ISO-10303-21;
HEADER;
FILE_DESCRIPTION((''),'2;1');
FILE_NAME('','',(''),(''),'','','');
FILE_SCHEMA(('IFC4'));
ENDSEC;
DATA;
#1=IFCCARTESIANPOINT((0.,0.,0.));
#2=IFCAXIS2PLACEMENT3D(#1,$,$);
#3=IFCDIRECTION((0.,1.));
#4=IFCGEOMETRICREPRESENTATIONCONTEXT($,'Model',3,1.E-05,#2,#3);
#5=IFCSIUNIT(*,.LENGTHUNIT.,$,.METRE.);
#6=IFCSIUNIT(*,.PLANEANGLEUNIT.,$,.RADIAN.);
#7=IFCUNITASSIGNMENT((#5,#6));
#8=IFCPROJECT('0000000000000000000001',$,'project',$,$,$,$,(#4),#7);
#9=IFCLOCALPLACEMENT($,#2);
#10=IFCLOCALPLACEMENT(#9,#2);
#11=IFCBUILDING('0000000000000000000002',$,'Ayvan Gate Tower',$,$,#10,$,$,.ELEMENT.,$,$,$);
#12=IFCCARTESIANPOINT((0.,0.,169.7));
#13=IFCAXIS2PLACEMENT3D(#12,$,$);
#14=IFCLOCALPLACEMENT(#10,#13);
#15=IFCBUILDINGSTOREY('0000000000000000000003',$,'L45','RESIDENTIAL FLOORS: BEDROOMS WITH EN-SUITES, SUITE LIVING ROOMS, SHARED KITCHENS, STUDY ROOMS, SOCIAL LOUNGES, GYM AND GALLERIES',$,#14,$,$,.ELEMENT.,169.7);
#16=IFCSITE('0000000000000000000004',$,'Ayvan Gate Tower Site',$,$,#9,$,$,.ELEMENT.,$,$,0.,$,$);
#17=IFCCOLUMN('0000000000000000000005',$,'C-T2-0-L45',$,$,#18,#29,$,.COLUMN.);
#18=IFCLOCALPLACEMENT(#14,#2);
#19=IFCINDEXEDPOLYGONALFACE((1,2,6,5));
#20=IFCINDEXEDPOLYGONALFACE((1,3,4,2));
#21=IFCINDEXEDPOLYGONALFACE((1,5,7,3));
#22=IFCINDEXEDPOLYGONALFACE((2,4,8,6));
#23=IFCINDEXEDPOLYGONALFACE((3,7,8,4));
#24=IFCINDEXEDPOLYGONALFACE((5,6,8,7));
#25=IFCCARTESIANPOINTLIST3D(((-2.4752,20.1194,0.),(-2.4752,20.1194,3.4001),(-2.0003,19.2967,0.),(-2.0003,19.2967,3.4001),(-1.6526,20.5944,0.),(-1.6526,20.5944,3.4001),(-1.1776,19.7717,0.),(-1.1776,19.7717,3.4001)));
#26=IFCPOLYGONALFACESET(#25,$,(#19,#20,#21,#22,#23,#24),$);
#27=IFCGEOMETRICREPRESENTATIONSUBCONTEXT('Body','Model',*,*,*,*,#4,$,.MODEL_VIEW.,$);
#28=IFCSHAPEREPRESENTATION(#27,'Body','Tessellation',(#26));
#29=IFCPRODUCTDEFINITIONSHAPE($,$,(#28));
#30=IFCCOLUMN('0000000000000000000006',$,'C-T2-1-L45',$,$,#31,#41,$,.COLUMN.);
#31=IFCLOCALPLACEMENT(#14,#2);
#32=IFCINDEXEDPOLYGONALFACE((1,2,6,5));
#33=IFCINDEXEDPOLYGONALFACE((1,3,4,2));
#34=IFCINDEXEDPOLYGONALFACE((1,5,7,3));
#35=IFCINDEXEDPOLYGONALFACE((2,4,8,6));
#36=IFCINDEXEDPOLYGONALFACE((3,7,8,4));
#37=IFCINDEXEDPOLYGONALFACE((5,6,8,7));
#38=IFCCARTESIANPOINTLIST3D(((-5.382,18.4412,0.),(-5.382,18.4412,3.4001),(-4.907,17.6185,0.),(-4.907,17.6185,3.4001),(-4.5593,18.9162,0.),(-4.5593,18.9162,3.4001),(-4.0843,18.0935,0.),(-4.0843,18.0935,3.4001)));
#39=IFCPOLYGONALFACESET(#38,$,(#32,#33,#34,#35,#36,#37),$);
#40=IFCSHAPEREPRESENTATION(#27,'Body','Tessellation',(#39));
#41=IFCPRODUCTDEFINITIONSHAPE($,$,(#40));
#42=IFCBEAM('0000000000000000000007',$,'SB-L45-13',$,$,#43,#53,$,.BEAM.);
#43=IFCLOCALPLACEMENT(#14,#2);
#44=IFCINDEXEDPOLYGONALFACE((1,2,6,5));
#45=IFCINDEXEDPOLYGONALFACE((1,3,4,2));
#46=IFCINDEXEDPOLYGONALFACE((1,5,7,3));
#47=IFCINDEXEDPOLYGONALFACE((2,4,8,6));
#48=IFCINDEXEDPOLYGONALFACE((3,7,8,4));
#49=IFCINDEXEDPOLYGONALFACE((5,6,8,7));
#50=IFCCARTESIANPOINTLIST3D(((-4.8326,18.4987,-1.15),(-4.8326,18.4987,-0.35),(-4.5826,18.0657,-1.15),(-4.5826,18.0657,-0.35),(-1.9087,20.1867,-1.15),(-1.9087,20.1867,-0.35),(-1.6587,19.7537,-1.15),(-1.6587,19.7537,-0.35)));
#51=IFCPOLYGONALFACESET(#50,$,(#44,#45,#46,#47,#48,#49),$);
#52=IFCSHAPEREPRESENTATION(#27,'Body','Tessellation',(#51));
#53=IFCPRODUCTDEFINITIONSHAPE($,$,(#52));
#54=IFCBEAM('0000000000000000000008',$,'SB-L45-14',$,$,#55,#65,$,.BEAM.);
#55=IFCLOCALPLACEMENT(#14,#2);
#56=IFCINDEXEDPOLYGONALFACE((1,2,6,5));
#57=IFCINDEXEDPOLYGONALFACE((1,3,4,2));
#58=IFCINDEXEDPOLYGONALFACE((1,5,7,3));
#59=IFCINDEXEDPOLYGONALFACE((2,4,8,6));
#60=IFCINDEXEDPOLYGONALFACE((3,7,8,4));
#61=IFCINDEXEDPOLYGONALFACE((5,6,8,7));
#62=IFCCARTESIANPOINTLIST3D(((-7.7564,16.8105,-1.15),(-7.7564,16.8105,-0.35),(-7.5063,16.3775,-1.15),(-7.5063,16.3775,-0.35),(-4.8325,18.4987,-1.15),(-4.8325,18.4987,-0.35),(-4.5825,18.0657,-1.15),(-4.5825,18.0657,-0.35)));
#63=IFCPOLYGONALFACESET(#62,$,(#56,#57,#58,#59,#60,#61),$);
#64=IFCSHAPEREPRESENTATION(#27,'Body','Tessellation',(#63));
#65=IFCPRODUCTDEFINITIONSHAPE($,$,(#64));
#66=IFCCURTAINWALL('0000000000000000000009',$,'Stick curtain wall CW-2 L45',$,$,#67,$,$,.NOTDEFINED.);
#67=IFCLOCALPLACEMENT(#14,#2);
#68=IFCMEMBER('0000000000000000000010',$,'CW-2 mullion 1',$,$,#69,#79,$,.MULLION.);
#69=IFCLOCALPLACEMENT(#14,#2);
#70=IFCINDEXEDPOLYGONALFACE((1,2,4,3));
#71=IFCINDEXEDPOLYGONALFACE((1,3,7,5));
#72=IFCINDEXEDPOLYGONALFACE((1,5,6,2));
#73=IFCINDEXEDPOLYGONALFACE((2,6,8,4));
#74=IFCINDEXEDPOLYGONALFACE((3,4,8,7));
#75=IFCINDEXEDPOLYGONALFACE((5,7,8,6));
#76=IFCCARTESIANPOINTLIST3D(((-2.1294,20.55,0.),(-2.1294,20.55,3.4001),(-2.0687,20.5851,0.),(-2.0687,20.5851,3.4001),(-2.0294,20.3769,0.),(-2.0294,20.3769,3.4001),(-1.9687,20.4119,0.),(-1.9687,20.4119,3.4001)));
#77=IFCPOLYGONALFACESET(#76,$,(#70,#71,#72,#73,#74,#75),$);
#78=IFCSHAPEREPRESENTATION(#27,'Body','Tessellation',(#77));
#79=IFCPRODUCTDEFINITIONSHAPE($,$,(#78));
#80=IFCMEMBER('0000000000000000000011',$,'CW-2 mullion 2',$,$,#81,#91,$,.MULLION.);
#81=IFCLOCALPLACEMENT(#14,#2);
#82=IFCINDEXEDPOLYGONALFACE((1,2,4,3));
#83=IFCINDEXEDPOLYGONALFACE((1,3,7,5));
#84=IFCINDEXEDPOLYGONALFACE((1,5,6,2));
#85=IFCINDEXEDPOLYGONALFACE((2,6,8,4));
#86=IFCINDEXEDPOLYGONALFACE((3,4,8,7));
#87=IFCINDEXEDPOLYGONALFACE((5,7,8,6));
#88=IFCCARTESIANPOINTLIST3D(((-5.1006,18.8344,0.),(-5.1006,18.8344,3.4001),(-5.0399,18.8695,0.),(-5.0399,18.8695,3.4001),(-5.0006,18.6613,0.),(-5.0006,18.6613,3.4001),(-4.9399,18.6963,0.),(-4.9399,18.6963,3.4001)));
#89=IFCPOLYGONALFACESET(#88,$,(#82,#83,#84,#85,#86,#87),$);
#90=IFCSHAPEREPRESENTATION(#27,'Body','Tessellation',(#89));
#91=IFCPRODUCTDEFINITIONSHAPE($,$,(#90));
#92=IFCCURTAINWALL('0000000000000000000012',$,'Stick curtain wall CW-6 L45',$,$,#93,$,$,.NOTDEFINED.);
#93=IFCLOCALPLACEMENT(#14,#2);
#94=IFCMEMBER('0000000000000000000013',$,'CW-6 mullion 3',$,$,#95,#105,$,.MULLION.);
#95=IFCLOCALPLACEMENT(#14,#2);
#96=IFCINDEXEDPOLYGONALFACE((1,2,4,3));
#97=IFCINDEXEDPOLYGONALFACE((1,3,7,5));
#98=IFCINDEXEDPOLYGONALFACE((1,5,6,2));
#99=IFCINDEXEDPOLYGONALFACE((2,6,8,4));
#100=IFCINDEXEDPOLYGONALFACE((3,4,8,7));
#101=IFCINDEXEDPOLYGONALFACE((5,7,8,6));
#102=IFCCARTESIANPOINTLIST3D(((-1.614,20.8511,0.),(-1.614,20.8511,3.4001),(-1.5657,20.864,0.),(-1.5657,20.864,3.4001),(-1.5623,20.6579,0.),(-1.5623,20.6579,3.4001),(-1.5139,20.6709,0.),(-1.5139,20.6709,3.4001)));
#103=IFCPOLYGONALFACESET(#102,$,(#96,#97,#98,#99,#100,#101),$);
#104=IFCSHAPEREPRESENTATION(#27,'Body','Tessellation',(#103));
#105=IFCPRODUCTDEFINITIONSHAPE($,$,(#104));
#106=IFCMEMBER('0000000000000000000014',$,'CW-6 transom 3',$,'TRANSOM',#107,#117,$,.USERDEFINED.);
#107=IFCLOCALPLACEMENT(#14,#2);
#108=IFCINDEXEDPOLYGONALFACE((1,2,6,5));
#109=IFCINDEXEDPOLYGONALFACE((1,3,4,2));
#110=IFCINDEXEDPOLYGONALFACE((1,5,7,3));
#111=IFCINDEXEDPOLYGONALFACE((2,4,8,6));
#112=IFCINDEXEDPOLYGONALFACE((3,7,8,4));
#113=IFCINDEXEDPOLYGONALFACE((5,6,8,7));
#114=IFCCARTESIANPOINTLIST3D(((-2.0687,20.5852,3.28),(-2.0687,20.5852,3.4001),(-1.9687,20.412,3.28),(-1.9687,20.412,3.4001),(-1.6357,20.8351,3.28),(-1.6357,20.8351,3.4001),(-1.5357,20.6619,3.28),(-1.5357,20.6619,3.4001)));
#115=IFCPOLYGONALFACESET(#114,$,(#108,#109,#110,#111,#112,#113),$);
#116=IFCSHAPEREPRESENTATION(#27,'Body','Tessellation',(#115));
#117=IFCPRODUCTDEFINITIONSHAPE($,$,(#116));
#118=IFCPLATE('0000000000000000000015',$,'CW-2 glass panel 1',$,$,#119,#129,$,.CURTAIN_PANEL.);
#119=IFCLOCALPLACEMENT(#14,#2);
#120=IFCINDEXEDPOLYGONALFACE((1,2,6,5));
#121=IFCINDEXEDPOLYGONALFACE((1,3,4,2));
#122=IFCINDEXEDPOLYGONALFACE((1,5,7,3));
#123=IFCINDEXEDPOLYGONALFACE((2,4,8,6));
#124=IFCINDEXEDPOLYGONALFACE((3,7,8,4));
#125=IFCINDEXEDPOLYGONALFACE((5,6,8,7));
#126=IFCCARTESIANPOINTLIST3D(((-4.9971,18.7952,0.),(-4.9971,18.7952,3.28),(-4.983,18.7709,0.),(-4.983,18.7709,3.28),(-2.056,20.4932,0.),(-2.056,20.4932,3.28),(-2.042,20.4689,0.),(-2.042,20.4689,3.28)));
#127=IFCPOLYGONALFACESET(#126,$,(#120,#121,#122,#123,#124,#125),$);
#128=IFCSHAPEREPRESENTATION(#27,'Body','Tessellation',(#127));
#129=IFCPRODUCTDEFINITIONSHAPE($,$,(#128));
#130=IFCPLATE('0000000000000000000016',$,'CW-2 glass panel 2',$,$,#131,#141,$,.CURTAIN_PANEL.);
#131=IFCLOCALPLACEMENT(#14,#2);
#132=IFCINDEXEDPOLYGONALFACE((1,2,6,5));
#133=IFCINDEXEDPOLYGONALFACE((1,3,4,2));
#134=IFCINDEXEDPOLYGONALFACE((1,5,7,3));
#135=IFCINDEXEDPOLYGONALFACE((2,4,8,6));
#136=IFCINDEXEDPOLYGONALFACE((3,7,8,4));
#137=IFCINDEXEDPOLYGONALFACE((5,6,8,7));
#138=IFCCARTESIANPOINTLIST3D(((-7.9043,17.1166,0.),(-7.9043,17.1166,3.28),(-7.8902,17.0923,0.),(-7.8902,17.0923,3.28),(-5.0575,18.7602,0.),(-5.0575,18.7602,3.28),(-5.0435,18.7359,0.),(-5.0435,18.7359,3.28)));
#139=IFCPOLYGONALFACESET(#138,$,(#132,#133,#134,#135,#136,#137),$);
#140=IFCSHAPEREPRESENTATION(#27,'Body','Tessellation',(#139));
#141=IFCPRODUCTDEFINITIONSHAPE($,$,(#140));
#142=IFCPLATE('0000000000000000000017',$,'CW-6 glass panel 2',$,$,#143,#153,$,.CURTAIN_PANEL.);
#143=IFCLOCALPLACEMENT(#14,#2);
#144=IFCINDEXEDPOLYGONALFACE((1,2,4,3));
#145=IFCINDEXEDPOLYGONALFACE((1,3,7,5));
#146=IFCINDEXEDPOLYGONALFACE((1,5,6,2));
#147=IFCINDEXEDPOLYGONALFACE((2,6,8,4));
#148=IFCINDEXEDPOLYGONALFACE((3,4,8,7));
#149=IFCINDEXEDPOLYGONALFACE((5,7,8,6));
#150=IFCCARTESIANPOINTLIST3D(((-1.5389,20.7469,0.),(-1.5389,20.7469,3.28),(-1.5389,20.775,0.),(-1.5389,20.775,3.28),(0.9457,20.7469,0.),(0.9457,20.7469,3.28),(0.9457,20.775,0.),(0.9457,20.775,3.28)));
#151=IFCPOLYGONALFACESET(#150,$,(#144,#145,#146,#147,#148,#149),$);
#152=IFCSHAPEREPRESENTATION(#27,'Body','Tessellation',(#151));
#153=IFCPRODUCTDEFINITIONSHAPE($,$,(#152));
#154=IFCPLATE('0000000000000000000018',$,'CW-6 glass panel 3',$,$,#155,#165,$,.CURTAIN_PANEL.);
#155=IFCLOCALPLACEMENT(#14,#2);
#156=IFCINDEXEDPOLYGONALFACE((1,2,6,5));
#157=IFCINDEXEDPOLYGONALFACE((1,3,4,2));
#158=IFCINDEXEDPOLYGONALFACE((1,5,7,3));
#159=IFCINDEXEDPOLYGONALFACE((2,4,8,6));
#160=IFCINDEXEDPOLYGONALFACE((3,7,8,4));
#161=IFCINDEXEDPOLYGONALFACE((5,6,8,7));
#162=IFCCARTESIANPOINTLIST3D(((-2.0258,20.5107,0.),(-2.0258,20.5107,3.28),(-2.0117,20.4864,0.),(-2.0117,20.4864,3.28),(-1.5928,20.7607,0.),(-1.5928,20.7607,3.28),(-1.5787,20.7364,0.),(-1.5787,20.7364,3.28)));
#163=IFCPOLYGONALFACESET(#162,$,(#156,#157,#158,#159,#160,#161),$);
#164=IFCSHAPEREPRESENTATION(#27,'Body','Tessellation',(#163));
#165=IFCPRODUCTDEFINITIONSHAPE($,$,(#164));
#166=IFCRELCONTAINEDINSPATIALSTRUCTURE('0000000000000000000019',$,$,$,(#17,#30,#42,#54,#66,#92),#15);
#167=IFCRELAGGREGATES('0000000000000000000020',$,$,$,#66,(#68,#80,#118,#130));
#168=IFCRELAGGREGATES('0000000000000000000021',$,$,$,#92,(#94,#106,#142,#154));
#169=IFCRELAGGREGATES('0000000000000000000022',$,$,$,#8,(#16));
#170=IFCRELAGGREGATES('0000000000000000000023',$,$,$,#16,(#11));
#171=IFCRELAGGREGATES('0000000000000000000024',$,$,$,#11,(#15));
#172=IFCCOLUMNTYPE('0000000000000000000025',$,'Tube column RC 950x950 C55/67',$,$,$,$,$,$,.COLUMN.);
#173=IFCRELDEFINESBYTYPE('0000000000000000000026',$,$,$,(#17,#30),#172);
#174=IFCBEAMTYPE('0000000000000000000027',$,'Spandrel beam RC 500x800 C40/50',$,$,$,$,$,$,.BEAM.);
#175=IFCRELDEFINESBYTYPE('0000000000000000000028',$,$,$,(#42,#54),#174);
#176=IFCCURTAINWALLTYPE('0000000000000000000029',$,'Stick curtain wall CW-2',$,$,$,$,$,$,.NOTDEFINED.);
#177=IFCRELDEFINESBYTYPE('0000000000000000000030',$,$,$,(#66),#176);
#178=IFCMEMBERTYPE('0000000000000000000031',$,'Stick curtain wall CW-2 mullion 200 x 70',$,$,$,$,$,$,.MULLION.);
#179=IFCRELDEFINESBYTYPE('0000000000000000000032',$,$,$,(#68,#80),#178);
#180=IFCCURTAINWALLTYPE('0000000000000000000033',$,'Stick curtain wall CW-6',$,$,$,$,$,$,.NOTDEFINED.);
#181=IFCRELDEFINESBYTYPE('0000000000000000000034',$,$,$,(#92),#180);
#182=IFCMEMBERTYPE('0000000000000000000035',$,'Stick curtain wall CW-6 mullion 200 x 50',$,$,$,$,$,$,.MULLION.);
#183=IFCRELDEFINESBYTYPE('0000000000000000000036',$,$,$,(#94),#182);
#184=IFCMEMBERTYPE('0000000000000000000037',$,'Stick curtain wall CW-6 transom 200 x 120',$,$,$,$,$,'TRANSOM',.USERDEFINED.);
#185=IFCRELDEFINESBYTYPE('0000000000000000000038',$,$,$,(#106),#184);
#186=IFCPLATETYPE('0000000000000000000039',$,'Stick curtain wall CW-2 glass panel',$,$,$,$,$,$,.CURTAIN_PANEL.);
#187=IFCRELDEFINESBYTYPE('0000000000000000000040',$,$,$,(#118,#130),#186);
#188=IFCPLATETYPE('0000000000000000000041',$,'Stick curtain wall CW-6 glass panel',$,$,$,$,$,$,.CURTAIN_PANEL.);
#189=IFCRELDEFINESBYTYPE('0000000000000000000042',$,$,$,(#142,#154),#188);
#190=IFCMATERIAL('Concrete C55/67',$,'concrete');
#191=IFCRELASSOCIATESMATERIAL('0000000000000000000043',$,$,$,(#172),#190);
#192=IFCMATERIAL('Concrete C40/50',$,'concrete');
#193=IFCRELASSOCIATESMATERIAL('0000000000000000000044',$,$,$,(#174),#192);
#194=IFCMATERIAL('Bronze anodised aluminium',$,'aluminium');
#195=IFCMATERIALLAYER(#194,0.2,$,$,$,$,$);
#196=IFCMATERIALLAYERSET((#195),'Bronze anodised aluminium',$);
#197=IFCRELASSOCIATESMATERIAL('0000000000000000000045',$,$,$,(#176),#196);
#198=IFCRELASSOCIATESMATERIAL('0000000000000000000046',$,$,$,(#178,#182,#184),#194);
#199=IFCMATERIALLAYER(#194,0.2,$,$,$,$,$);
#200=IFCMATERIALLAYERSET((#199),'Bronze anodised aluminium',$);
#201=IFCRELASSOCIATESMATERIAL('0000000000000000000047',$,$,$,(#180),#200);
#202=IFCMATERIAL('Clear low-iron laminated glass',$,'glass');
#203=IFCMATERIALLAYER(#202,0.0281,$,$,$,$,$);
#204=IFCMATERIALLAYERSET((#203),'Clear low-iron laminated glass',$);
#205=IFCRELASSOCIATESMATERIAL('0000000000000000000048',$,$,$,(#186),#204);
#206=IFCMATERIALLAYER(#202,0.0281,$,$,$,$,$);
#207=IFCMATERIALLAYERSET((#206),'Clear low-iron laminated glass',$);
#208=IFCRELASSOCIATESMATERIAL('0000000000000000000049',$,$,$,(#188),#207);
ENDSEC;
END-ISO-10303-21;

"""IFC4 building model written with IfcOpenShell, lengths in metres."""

from ifc_helpers import new_model, si_unit, direction, frame, origin, origin_2d, place, context, subcontext, project, spatial, rectangle, extrude, material, layer, layer_set, material_profile, profile_set, type_object, element, aggregate, save


model = new_model("IFC4")

# Units and contexts
model_context = context("Model", 3, precision=1e-05, world=origin(), true_north=direction((0.0, 1.0)))
body_context = subcontext(model_context, "Body", "Model", "MODEL_VIEW")
ifc_project = project(units=[si_unit("LENGTHUNIT", "METRE"), si_unit("PLANEANGLEUNIT", "RADIAN")], contexts=[model_context])

# Site, building, storey
site_placement = place(None, origin())
site = spatial("IfcSite", under=ifc_project, at=site_placement, Name="Ayvan Gate Tower Site", CompositionType="ELEMENT", RefElevation=0.0)
building_placement = place(site_placement, origin())
building = spatial("IfcBuilding", under=site, at=building_placement, Name="Ayvan Gate Tower", CompositionType="ELEMENT")
storey_placement = place(building_placement, frame((0.0, 0.0, 169.7)))
storey = spatial("IfcBuildingStorey", under=building, at=storey_placement, Name="L45", Description="RESIDENTIAL FLOORS: BEDROOMS WITH EN-SUITES, SUITE LIVING ROOMS, SHARED KITCHENS, STUDY ROOMS, SOCIAL LOUNGES, GYM AND GALLERIES", CompositionType="ELEMENT", Elevation=169.7)

# Columns
ifc_material_1 = material(Name="Concrete C55/67", Category="concrete")
ifc_material_profile_1 = material_profile(ifc_material_1, rectangle(XDim=0.95, YDim=0.95, at=origin_2d()), Name="RC 950x950")
ifc_profile_set_1 = profile_set([ifc_material_profile_1], Name="Concrete C55/67")
column_type = type_object("IfcColumnType", Name="Tube column RC 950x950 C55/67", PredefinedType="COLUMN", material=ifc_profile_set_1)
for number, where, z_axis, x_axis, name in (
    (1, (-1.8264, 19.9456, 0.0), (0.0, 0.0, 1.0), (-0.5, 0.866025, 0.0), "C-T2-0-L45"),
    (2, (-4.7332, 18.2673, 0.0), (0.0, 0.0, 1.0), (-0.5, 0.866025, 0.0), "C-T2-1-L45"),
):
    element("IfcColumn", number, at=place(storey_placement, frame(where, z_axis=z_axis, x_axis=x_axis)), inside=storey, type_object=column_type, Name=name, PredefinedType="COLUMN", context=body_context, shape_type="SweptSolid", body=[
        extrude(rectangle(XDim=0.95, YDim=0.95, at=origin_2d()), origin(), (0.0, 0.0, 1.0), 3.4001),
    ])

# Beams
ifc_material_2 = material(Name="Concrete C40/50", Category="concrete")
ifc_material_profile_2 = material_profile(ifc_material_2, rectangle(XDim=0.5, YDim=0.8, at=origin_2d()), Name="RC 500x800")
ifc_profile_set_2 = profile_set([ifc_material_profile_2], Name="Concrete C40/50")
beam_type = type_object("IfcBeamType", Name="Spandrel beam RC 500x800 C40/50", PredefinedType="BEAM", material=ifc_profile_set_2)
for number, where, z_axis, x_axis, name in (
    (3, (-1.7837, 19.9702, -0.75), (-0.866036, -0.499981, 0.0), (0.499981, -0.866036, 0.0), "SB-L45-13"),
    (4, (-4.7075, 18.2822, -0.75), (-0.866005, -0.500035, 0.0), (0.500035, -0.866005, 0.0), "SB-L45-14"),
):
    element("IfcBeam", number, at=place(storey_placement, frame(where, z_axis=z_axis, x_axis=x_axis)), inside=storey, type_object=beam_type, Name=name, PredefinedType="BEAM", context=body_context, shape_type="SweptSolid", body=[
        extrude(rectangle(XDim=0.5, YDim=0.8, at=origin_2d()), origin(), (0.0, 0.0, 1.0), 3.3762),
    ])

# Curtain walls, members
ifc_material_3 = material(Name="Bronze anodised aluminium", Category="aluminium")
ifc_layer_1 = layer(ifc_material_3, 0.2)
ifc_layer_set_1 = layer_set([ifc_layer_1], Name="Bronze anodised aluminium")
curtain_wall_type_1 = type_object("IfcCurtainWallType", Name="Stick curtain wall CW-2", PredefinedType="NOTDEFINED", material=ifc_layer_set_1)
curtain_wall_1_placement = place(storey_placement, origin())
curtain_wall_1 = element("IfcCurtainWall", 5, at=curtain_wall_1_placement, inside=storey, type_object=curtain_wall_type_1, Name="Stick curtain wall CW-2 L45", PredefinedType="NOTDEFINED")
ifc_material_profile_3 = material_profile(ifc_material_3, rectangle(XDim=0.2, YDim=0.0701, at=origin_2d()), Name="Stick curtain wall CW-2 mullion 200 x 70")
ifc_profile_set_3 = profile_set([ifc_material_profile_3], Name="Bronze anodised aluminium")
member_type_1 = type_object("IfcMemberType", Name="Stick curtain wall CW-2 mullion 200 x 70", PredefinedType="MULLION", material=ifc_profile_set_3)
member_1_placement = place(storey_placement, frame((-2.0491, 20.481, 0.0), z_axis=(0.0, 0.0, 1.0), x_axis=(-0.5, 0.866025, 0.0)))
member_1 = element("IfcMember", 6, at=member_1_placement, type_object=member_type_1, Name="CW-2 mullion 1", PredefinedType="MULLION", context=body_context, shape_type="SweptSolid", body=[
    extrude(rectangle(XDim=0.2, YDim=0.0701, at=origin_2d()), origin(), (0.0, 0.0, 1.0), 3.4001),
])
member_2_placement = place(storey_placement, frame((-5.0203, 18.7654, 0.0), z_axis=(0.0, 0.0, 1.0), x_axis=(-0.5, 0.866025, 0.0)))
member_2 = element("IfcMember", 7, at=member_2_placement, type_object=member_type_1, Name="CW-2 mullion 2", PredefinedType="MULLION", context=body_context, shape_type="SweptSolid", body=[
    extrude(rectangle(XDim=0.2, YDim=0.0701, at=origin_2d()), origin(), (0.0, 0.0, 1.0), 3.4001),
])
ifc_layer_2 = layer(ifc_material_3, 0.2)
ifc_layer_set_2 = layer_set([ifc_layer_2], Name="Bronze anodised aluminium")
curtain_wall_type_2 = type_object("IfcCurtainWallType", Name="Stick curtain wall CW-6", PredefinedType="NOTDEFINED", material=ifc_layer_set_2)
curtain_wall_2_placement = place(storey_placement, origin())
curtain_wall_2 = element("IfcCurtainWall", 8, at=curtain_wall_2_placement, inside=storey, type_object=curtain_wall_type_2, Name="Stick curtain wall CW-6 L45", PredefinedType="NOTDEFINED")
ifc_material_profile_4 = material_profile(ifc_material_3, rectangle(XDim=0.2, YDim=0.05, at=origin_2d()), Name="Stick curtain wall CW-6 mullion 200 x 50")
ifc_profile_set_4 = profile_set([ifc_material_profile_4], Name="Bronze anodised aluminium")
member_type_2 = type_object("IfcMemberType", Name="Stick curtain wall CW-6 mullion 200 x 50", PredefinedType="MULLION", material=ifc_profile_set_4)
member_3_placement = place(storey_placement, frame((-1.564, 20.761, 0.0), z_axis=(0.0, 0.0, 1.0), x_axis=(-0.258819, 0.965926, 0.0)))
member_3 = element("IfcMember", 9, at=member_3_placement, type_object=member_type_2, Name="CW-6 mullion 3", PredefinedType="MULLION", context=body_context, shape_type="SweptSolid", body=[
    extrude(rectangle(XDim=0.2, YDim=0.05, at=origin_2d()), origin(), (0.0, 0.0, 1.0), 3.4001),
])
ifc_material_profile_5 = material_profile(ifc_material_3, rectangle(XDim=0.2, YDim=0.1201, at=origin_2d()), Name="Stick curtain wall CW-6 transom 200 x 120")
ifc_profile_set_5 = profile_set([ifc_material_profile_5], Name="Bronze anodised aluminium")
member_type_3 = type_object("IfcMemberType", Name="Stick curtain wall CW-6 transom 200 x 120", ElementType="TRANSOM", PredefinedType="USERDEFINED", material=ifc_profile_set_5)
member_4_placement = place(storey_placement, frame((-1.5857, 20.7485, 3.3401), z_axis=(-0.866072, -0.49992, 0.0), x_axis=(0.49992, -0.866072, 0.0)))
member_4 = element("IfcMember", 10, at=member_4_placement, type_object=member_type_3, Name="CW-6 transom 3", ObjectType="TRANSOM", PredefinedType="USERDEFINED", context=body_context, shape_type="SweptSolid", body=[
    extrude(rectangle(XDim=0.2, YDim=0.1201, at=origin_2d()), origin(), (0.0, 0.0, 1.0), 0.5),
])

# Plates
ifc_material_4 = material(Name="Clear low-iron laminated glass", Category="glass")
ifc_layer_3 = layer(ifc_material_4, 0.0281)
ifc_layer_set_3 = layer_set([ifc_layer_3], Name="Clear low-iron laminated glass")
plate_type_1 = type_object("IfcPlateType", Name="Stick curtain wall CW-2 glass panel", PredefinedType="CURTAIN_PANEL", material=ifc_layer_set_3)
plate_1_placement = place(storey_placement, frame((-3.5195, 19.6321, 0.0), z_axis=(0.0, 0.0, 1.0), x_axis=(-0.866025, -0.5, 0.0)))
plate_1 = element("IfcPlate", 11, at=plate_1_placement, type_object=plate_type_1, Name="CW-2 glass panel 1", PredefinedType="CURTAIN_PANEL", context=body_context, shape_type="SweptSolid", body=[
    extrude(rectangle(XDim=3.396, YDim=0.0281, at=origin_2d()), origin(), (0.0, 0.0, 1.0), 3.28),
])
plate_2_placement = place(storey_placement, frame((-6.4739, 17.9263, 0.0), z_axis=(0.0, 0.0, 1.0), x_axis=(-0.866025, -0.5, 0.0)))
plate_2 = element("IfcPlate", 12, at=plate_2_placement, type_object=plate_type_1, Name="CW-2 glass panel 2", PredefinedType="CURTAIN_PANEL", context=body_context, shape_type="SweptSolid", body=[
    extrude(rectangle(XDim=3.2871, YDim=0.0281, at=origin_2d()), origin(), (0.0, 0.0, 1.0), 3.28),
])
aggregate(curtain_wall_1, [member_1, member_2, plate_1, plate_2])
ifc_layer_4 = layer(ifc_material_4, 0.0281)
ifc_layer_set_4 = layer_set([ifc_layer_4], Name="Clear low-iron laminated glass")
plate_type_2 = type_object("IfcPlateType", Name="Stick curtain wall CW-6 glass panel", PredefinedType="CURTAIN_PANEL", material=ifc_layer_set_4)
plate_3_placement = place(storey_placement, frame((-0.2966, 20.761, 0.0), z_axis=(0.0, 0.0, 1.0), x_axis=(-1.0, 0.0, 0.0)))
plate_3 = element("IfcPlate", 13, at=plate_3_placement, type_object=plate_type_2, Name="CW-6 glass panel 2", PredefinedType="CURTAIN_PANEL", context=body_context, shape_type="SweptSolid", body=[
    extrude(rectangle(XDim=2.4846, YDim=0.0281, at=origin_2d()), origin(), (0.0, 0.0, 1.0), 3.28),
])
plate_4_placement = place(storey_placement, frame((-1.8022, 20.6235, 0.0), z_axis=(0.0, 0.0, 1.0), x_axis=(-0.866025, -0.5, 0.0)))
plate_4 = element("IfcPlate", 14, at=plate_4_placement, type_object=plate_type_2, Name="CW-6 glass panel 3", PredefinedType="CURTAIN_PANEL", context=body_context, shape_type="SweptSolid", body=[
    extrude(rectangle(XDim=0.5, YDim=0.0281, at=origin_2d()), origin(), (0.0, 0.0, 1.0), 3.28),
])
aggregate(curtain_wall_2, [member_3, member_4, plate_3, plate_4])

save(model, "model.ifc")
